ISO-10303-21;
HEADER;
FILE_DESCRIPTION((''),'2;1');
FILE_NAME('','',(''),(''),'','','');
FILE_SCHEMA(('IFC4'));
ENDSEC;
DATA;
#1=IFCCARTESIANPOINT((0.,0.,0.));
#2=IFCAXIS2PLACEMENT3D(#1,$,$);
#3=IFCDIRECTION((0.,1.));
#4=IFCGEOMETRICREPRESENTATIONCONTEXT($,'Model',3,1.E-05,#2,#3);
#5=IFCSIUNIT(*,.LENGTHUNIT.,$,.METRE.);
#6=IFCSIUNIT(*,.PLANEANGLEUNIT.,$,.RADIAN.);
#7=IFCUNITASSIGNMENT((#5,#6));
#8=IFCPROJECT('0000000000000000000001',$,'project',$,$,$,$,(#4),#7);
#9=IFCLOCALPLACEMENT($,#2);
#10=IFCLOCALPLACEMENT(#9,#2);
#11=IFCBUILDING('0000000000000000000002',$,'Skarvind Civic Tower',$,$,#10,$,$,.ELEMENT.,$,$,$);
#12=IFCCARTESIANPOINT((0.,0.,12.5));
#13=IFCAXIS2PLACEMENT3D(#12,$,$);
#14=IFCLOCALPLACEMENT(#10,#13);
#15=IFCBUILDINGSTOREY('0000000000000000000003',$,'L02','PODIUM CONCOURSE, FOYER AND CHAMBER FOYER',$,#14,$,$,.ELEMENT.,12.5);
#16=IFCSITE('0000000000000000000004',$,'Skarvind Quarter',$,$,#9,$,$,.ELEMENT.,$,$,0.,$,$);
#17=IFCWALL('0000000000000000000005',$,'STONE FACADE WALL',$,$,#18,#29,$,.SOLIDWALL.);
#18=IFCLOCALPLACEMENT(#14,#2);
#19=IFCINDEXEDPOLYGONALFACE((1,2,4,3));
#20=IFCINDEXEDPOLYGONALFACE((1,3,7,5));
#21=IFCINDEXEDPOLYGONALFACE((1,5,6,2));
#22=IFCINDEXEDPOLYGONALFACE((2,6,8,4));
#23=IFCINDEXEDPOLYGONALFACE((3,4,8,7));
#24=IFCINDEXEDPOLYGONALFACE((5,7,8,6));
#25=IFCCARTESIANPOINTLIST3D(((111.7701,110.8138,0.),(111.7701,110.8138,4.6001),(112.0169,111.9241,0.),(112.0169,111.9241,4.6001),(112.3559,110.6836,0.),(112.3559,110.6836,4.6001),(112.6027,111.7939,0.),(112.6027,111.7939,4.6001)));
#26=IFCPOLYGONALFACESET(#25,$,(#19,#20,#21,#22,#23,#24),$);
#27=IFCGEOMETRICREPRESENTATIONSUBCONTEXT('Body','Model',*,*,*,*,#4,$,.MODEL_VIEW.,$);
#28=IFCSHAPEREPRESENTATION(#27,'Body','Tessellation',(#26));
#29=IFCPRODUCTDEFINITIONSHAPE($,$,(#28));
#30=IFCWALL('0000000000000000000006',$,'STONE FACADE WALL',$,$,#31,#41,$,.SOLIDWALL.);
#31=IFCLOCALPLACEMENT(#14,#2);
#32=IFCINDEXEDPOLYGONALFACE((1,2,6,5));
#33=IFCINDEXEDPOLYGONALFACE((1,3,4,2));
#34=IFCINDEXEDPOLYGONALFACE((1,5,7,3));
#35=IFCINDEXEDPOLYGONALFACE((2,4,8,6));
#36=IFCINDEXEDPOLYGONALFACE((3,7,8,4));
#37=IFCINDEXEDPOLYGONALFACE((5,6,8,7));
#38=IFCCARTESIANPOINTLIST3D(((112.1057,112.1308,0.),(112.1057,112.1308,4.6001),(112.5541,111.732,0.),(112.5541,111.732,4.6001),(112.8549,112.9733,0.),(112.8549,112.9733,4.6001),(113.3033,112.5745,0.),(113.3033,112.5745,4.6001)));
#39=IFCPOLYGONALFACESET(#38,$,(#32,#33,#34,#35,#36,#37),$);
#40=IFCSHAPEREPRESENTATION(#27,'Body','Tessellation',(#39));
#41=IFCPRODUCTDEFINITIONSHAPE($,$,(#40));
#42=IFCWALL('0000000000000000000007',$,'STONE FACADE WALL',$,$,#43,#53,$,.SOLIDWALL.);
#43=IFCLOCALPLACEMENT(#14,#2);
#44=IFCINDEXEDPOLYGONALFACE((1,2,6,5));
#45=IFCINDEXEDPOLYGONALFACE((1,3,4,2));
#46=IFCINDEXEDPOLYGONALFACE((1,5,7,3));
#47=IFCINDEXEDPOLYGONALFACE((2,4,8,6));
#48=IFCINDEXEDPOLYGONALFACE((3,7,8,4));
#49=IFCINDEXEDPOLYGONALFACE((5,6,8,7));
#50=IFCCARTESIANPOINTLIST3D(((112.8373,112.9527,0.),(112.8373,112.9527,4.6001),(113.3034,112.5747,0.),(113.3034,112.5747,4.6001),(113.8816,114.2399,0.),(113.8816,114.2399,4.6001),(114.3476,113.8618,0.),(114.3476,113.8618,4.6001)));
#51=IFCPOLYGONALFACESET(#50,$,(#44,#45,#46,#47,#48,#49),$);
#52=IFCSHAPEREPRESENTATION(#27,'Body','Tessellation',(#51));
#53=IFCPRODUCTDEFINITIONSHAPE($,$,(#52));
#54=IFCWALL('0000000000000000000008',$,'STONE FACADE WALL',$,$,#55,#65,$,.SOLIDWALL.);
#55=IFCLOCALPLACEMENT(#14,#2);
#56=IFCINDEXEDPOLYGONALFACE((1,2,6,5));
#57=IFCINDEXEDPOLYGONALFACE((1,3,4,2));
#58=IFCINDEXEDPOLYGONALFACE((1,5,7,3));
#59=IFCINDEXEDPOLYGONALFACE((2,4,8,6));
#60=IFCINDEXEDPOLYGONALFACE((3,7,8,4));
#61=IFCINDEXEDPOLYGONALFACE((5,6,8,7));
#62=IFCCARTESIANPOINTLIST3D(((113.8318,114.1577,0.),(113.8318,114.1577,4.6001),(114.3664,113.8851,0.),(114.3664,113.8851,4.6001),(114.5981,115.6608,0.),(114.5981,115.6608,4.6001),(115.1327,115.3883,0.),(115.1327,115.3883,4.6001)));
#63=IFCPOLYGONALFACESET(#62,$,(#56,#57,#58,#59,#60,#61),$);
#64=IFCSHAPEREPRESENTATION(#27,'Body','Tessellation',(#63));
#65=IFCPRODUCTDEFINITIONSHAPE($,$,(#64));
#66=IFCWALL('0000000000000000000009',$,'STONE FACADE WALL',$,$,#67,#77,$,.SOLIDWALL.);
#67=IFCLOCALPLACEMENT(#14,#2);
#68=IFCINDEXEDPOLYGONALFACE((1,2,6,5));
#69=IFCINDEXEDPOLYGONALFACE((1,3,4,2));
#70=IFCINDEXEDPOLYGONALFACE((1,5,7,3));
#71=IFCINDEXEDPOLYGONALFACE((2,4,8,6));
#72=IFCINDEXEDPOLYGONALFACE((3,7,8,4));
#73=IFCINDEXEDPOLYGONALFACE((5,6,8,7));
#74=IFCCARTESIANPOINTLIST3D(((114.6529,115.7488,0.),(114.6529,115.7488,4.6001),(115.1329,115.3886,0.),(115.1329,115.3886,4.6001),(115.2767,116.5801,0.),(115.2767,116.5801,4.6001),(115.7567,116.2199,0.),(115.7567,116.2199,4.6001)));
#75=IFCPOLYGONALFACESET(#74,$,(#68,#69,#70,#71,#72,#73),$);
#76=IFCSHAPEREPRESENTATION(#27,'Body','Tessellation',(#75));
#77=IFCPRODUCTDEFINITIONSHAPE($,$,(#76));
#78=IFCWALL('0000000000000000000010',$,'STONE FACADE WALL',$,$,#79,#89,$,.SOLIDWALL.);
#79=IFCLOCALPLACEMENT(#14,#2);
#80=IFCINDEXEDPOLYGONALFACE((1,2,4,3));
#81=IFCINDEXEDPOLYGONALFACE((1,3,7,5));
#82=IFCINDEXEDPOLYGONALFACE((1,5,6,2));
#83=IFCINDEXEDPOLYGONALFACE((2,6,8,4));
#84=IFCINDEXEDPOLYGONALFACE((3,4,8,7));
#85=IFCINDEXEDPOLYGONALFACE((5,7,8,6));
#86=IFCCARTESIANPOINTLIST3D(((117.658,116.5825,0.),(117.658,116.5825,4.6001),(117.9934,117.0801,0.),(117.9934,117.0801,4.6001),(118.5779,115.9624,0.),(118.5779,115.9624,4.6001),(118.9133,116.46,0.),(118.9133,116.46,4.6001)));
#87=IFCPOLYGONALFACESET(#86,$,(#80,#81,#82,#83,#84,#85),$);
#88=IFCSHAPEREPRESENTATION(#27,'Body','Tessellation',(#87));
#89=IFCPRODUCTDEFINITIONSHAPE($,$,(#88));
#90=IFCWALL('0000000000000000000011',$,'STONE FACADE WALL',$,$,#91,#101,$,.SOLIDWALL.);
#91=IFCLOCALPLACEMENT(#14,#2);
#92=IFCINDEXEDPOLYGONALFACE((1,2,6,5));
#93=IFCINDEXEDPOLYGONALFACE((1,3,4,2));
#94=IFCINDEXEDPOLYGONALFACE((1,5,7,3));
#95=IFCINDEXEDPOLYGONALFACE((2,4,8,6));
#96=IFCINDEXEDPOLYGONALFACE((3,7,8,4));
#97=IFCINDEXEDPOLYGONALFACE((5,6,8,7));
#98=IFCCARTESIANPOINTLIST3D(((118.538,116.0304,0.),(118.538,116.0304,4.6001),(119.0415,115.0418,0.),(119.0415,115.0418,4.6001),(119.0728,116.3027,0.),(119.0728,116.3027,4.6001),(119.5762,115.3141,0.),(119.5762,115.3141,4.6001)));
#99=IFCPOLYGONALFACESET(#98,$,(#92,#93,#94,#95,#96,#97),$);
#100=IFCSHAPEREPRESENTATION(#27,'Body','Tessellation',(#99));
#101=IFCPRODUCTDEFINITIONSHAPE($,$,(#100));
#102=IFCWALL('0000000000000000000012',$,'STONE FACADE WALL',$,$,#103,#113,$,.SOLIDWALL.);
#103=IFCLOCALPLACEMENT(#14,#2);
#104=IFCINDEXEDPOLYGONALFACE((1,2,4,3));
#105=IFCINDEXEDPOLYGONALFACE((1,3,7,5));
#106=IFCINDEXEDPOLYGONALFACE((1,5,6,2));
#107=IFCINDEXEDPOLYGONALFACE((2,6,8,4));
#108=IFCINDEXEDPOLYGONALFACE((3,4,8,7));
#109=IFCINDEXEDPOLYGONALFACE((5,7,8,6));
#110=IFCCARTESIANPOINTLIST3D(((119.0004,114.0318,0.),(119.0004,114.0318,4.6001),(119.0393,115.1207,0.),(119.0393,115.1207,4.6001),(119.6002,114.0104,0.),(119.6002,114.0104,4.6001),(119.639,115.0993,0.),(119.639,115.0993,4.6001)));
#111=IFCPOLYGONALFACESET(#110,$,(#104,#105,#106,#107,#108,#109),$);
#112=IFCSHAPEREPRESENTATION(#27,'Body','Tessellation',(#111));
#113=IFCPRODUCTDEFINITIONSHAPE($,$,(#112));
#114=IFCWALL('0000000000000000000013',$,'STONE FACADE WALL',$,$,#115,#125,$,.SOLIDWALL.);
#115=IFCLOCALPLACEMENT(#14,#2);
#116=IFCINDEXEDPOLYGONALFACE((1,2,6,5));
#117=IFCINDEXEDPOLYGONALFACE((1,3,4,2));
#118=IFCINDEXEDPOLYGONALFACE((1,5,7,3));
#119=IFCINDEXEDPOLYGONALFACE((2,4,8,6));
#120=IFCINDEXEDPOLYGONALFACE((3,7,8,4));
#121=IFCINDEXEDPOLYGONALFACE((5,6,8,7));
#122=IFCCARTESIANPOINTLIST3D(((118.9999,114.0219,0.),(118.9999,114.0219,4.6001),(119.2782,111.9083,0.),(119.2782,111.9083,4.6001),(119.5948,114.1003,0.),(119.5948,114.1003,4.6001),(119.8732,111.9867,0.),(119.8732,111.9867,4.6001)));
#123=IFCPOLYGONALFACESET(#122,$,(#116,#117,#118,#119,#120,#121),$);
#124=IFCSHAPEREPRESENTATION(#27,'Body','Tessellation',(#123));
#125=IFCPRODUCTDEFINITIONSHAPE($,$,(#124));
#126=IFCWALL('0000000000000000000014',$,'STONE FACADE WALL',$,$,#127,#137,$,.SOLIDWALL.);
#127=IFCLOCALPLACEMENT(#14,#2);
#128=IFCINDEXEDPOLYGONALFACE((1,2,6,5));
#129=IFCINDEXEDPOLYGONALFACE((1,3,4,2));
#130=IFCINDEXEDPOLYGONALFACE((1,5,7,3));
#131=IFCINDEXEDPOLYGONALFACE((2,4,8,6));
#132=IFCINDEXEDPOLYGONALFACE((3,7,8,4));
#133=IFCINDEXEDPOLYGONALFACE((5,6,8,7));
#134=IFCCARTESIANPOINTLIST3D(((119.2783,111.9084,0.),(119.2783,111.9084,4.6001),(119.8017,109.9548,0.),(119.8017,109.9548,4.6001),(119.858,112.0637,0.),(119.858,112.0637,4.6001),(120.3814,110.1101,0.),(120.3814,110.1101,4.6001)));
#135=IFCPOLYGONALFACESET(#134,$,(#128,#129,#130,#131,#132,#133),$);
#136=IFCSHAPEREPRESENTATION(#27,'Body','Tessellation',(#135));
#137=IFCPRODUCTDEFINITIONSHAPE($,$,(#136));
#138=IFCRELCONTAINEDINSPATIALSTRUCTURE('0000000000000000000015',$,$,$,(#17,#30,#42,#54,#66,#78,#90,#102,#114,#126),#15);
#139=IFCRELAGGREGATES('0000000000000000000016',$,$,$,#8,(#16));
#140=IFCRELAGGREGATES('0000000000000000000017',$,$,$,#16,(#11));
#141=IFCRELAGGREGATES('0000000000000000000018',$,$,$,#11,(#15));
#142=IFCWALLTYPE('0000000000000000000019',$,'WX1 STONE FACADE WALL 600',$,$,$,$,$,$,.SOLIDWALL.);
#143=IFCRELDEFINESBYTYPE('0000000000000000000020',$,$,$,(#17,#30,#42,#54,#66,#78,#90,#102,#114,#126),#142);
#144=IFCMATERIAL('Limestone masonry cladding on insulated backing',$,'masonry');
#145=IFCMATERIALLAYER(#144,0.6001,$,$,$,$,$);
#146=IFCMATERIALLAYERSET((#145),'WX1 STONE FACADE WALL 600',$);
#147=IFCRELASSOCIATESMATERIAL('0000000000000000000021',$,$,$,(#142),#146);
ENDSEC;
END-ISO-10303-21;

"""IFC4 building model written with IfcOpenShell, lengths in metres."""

from ifc_helpers import new_model, si_unit, direction, frame, frame_2d, origin, place, context, subcontext, project, spatial, rectangle, extrude, material, layer, layer_set, type_object, element, save


model = new_model("IFC4")

# Units and contexts
model_context = context("Model", 3, precision=1e-05, world=origin(), true_north=direction((0.0, 1.0)))
body_context = subcontext(model_context, "Body", "Model", "MODEL_VIEW")
ifc_project = project(units=[si_unit("LENGTHUNIT", "METRE"), si_unit("PLANEANGLEUNIT", "RADIAN")], contexts=[model_context])

# Site, building, storey
site_placement = place(None, origin())
site = spatial("IfcSite", under=ifc_project, at=site_placement, Name="Skarvind Quarter", CompositionType="ELEMENT", RefElevation=0.0)
building_placement = place(site_placement, origin())
building = spatial("IfcBuilding", under=site, at=building_placement, Name="Skarvind Civic Tower", CompositionType="ELEMENT")
storey_placement = place(building_placement, frame((0.0, 0.0, 12.5)))
storey = spatial("IfcBuildingStorey", under=building, at=storey_placement, Name="L02", Description="PODIUM CONCOURSE, FOYER AND CHAMBER FOYER", CompositionType="ELEMENT", Elevation=12.5)

# Walls
ifc_material_1 = material(Name="Limestone masonry cladding on insulated backing", Category="masonry")
ifc_layer_1 = layer(ifc_material_1, 0.6001)
ifc_layer_set_1 = layer_set([ifc_layer_1], Name="WX1 STONE FACADE WALL 600")
wall_type_1 = type_object("IfcWallType", Name="WX1 STONE FACADE WALL 600", PredefinedType="SOLIDWALL", material=ifc_layer_set_1)
wall_1_placement = place(storey_placement, frame((112.3098, 111.8591, 0.0), z_axis=(0.0, 0.0, 1.0), x_axis=(-0.216999, -0.976172, 0.0)))
element("IfcWall", 1, at=wall_1_placement, inside=storey, type_object=wall_type_1, Name="STONE FACADE WALL", PredefinedType="SOLIDWALL", context=body_context, shape_type="SweptSolid", body=[
    extrude(rectangle(XDim=1.1375, YDim=0.6001, at=frame_2d((0.5688, 0.0))), origin(), (0.0, 0.0, 1.0), 4.6001),
])
wall_2_placement = place(storey_placement, frame((113.0791, 112.7739, 0.0), z_axis=(0.0, 0.0, 1.0), x_axis=(-0.664539, -0.747254, 0.0)))
element("IfcWall", 2, at=wall_2_placement, inside=storey, type_object=wall_type_1, Name="STONE FACADE WALL", PredefinedType="SOLIDWALL", context=body_context, shape_type="SweptSolid", body=[
    extrude(rectangle(XDim=1.1274, YDim=0.6001, at=frame_2d((0.5637, 0.0))), origin(), (0.0, 0.0, 1.0), 4.6001),
])
wall_3_placement = place(storey_placement, frame((114.1145, 114.0508, 0.0), z_axis=(0.0, 0.0, 1.0), x_axis=(-0.630016, -0.776582, 0.0)))
element("IfcWall", 3, at=wall_3_placement, inside=storey, type_object=wall_type_1, Name="STONE FACADE WALL", PredefinedType="SOLIDWALL", context=body_context, shape_type="SweptSolid", body=[
    extrude(rectangle(XDim=1.6575, YDim=0.6001, at=frame_2d((0.8286, 0.0))), origin(), (0.0, 0.0, 1.0), 4.6001),
])
wall_4_placement = place(storey_placement, frame((114.8655, 115.5247, 0.0), z_axis=(0.0, 0.0, 1.0), x_axis=(-0.454203, -0.890898, 0.0)))
element("IfcWall", 4, at=wall_4_placement, inside=storey, type_object=wall_type_1, Name="STONE FACADE WALL", PredefinedType="SOLIDWALL", context=body_context, shape_type="SweptSolid", body=[
    extrude(rectangle(XDim=1.6873, YDim=0.6001, at=frame_2d((0.8438, 0.0))), origin(), (0.0, 0.0, 1.0), 4.6001),
])
wall_5_placement = place(storey_placement, frame((115.5166, 116.3999, 0.0), z_axis=(0.0, 0.0, 1.0), x_axis=(-0.600188, -0.799859, 0.0)))
element("IfcWall", 5, at=wall_5_placement, inside=storey, type_object=wall_type_1, Name="STONE FACADE WALL", PredefinedType="SOLIDWALL", context=body_context, shape_type="SweptSolid", body=[
    extrude(rectangle(XDim=1.0393, YDim=0.6001, at=frame_2d((0.5195, 0.0))), origin(), (0.0, 0.0, 1.0), 4.6001),
])
for number, where, z_axis, x_axis, name in (
    (6, (118.7456, 116.2112, 0.0), (0.0, 0.0, 1.0), (-0.829195, 0.558959, 0.0), "STONE FACADE WALL"),
    (7, (119.3088, 115.178, 0.0), (0.0, 0.0, 1.0), (-0.453804, 0.891102, 0.0), "STONE FACADE WALL"),
):
    element("IfcWall", number, at=place(storey_placement, frame(where, z_axis=z_axis, x_axis=x_axis)), inside=storey, type_object=wall_type_1, Name=name, PredefinedType="SOLIDWALL", context=body_context, shape_type="SweptSolid", body=[
        extrude(rectangle(XDim=1.1094, YDim=0.6001, at=frame_2d((0.5547, 0.0))), origin(), (0.0, 0.0, 1.0), 4.6001),
    ])
wall_6_placement = place(storey_placement, frame((119.3003, 114.021, 0.0), z_axis=(0.0, 0.0, 1.0), x_axis=(0.035628, 0.999365, 0.0)))
element("IfcWall", 8, at=wall_6_placement, inside=storey, type_object=wall_type_1, Name="STONE FACADE WALL", PredefinedType="SOLIDWALL", context=body_context, shape_type="SweptSolid", body=[
    extrude(rectangle(XDim=1.0896, YDim=0.6001, at=frame_2d((0.5449, 0.0))), origin(), (0.0, 0.0, 1.0), 4.6001),
])
wall_7_placement = place(storey_placement, frame((119.5757, 111.9475, 0.0), z_axis=(0.0, 0.0, 1.0), x_axis=(-0.130558, 0.991441, 0.0)))
element("IfcWall", 9, at=wall_7_placement, inside=storey, type_object=wall_type_1, Name="STONE FACADE WALL", PredefinedType="SOLIDWALL", context=body_context, shape_type="SweptSolid", body=[
    extrude(rectangle(XDim=2.1318, YDim=0.6001, at=frame_2d((1.0659, 0.0))), origin(), (0.0, 0.0, 1.0), 4.6001),
])
wall_8_placement = place(storey_placement, frame((120.0916, 110.0325, 0.0), z_axis=(0.0, 0.0, 1.0), x_axis=(-0.258804, 0.96593, 0.0)))
element("IfcWall", 10, at=wall_8_placement, inside=storey, type_object=wall_type_1, Name="STONE FACADE WALL", PredefinedType="SOLIDWALL", context=body_context, shape_type="SweptSolid", body=[
    extrude(rectangle(XDim=2.0225, YDim=0.6001, at=frame_2d((1.0112, 0.0))), origin(), (0.0, 0.0, 1.0), 4.6001),
])

save(model, "model.ifc")
